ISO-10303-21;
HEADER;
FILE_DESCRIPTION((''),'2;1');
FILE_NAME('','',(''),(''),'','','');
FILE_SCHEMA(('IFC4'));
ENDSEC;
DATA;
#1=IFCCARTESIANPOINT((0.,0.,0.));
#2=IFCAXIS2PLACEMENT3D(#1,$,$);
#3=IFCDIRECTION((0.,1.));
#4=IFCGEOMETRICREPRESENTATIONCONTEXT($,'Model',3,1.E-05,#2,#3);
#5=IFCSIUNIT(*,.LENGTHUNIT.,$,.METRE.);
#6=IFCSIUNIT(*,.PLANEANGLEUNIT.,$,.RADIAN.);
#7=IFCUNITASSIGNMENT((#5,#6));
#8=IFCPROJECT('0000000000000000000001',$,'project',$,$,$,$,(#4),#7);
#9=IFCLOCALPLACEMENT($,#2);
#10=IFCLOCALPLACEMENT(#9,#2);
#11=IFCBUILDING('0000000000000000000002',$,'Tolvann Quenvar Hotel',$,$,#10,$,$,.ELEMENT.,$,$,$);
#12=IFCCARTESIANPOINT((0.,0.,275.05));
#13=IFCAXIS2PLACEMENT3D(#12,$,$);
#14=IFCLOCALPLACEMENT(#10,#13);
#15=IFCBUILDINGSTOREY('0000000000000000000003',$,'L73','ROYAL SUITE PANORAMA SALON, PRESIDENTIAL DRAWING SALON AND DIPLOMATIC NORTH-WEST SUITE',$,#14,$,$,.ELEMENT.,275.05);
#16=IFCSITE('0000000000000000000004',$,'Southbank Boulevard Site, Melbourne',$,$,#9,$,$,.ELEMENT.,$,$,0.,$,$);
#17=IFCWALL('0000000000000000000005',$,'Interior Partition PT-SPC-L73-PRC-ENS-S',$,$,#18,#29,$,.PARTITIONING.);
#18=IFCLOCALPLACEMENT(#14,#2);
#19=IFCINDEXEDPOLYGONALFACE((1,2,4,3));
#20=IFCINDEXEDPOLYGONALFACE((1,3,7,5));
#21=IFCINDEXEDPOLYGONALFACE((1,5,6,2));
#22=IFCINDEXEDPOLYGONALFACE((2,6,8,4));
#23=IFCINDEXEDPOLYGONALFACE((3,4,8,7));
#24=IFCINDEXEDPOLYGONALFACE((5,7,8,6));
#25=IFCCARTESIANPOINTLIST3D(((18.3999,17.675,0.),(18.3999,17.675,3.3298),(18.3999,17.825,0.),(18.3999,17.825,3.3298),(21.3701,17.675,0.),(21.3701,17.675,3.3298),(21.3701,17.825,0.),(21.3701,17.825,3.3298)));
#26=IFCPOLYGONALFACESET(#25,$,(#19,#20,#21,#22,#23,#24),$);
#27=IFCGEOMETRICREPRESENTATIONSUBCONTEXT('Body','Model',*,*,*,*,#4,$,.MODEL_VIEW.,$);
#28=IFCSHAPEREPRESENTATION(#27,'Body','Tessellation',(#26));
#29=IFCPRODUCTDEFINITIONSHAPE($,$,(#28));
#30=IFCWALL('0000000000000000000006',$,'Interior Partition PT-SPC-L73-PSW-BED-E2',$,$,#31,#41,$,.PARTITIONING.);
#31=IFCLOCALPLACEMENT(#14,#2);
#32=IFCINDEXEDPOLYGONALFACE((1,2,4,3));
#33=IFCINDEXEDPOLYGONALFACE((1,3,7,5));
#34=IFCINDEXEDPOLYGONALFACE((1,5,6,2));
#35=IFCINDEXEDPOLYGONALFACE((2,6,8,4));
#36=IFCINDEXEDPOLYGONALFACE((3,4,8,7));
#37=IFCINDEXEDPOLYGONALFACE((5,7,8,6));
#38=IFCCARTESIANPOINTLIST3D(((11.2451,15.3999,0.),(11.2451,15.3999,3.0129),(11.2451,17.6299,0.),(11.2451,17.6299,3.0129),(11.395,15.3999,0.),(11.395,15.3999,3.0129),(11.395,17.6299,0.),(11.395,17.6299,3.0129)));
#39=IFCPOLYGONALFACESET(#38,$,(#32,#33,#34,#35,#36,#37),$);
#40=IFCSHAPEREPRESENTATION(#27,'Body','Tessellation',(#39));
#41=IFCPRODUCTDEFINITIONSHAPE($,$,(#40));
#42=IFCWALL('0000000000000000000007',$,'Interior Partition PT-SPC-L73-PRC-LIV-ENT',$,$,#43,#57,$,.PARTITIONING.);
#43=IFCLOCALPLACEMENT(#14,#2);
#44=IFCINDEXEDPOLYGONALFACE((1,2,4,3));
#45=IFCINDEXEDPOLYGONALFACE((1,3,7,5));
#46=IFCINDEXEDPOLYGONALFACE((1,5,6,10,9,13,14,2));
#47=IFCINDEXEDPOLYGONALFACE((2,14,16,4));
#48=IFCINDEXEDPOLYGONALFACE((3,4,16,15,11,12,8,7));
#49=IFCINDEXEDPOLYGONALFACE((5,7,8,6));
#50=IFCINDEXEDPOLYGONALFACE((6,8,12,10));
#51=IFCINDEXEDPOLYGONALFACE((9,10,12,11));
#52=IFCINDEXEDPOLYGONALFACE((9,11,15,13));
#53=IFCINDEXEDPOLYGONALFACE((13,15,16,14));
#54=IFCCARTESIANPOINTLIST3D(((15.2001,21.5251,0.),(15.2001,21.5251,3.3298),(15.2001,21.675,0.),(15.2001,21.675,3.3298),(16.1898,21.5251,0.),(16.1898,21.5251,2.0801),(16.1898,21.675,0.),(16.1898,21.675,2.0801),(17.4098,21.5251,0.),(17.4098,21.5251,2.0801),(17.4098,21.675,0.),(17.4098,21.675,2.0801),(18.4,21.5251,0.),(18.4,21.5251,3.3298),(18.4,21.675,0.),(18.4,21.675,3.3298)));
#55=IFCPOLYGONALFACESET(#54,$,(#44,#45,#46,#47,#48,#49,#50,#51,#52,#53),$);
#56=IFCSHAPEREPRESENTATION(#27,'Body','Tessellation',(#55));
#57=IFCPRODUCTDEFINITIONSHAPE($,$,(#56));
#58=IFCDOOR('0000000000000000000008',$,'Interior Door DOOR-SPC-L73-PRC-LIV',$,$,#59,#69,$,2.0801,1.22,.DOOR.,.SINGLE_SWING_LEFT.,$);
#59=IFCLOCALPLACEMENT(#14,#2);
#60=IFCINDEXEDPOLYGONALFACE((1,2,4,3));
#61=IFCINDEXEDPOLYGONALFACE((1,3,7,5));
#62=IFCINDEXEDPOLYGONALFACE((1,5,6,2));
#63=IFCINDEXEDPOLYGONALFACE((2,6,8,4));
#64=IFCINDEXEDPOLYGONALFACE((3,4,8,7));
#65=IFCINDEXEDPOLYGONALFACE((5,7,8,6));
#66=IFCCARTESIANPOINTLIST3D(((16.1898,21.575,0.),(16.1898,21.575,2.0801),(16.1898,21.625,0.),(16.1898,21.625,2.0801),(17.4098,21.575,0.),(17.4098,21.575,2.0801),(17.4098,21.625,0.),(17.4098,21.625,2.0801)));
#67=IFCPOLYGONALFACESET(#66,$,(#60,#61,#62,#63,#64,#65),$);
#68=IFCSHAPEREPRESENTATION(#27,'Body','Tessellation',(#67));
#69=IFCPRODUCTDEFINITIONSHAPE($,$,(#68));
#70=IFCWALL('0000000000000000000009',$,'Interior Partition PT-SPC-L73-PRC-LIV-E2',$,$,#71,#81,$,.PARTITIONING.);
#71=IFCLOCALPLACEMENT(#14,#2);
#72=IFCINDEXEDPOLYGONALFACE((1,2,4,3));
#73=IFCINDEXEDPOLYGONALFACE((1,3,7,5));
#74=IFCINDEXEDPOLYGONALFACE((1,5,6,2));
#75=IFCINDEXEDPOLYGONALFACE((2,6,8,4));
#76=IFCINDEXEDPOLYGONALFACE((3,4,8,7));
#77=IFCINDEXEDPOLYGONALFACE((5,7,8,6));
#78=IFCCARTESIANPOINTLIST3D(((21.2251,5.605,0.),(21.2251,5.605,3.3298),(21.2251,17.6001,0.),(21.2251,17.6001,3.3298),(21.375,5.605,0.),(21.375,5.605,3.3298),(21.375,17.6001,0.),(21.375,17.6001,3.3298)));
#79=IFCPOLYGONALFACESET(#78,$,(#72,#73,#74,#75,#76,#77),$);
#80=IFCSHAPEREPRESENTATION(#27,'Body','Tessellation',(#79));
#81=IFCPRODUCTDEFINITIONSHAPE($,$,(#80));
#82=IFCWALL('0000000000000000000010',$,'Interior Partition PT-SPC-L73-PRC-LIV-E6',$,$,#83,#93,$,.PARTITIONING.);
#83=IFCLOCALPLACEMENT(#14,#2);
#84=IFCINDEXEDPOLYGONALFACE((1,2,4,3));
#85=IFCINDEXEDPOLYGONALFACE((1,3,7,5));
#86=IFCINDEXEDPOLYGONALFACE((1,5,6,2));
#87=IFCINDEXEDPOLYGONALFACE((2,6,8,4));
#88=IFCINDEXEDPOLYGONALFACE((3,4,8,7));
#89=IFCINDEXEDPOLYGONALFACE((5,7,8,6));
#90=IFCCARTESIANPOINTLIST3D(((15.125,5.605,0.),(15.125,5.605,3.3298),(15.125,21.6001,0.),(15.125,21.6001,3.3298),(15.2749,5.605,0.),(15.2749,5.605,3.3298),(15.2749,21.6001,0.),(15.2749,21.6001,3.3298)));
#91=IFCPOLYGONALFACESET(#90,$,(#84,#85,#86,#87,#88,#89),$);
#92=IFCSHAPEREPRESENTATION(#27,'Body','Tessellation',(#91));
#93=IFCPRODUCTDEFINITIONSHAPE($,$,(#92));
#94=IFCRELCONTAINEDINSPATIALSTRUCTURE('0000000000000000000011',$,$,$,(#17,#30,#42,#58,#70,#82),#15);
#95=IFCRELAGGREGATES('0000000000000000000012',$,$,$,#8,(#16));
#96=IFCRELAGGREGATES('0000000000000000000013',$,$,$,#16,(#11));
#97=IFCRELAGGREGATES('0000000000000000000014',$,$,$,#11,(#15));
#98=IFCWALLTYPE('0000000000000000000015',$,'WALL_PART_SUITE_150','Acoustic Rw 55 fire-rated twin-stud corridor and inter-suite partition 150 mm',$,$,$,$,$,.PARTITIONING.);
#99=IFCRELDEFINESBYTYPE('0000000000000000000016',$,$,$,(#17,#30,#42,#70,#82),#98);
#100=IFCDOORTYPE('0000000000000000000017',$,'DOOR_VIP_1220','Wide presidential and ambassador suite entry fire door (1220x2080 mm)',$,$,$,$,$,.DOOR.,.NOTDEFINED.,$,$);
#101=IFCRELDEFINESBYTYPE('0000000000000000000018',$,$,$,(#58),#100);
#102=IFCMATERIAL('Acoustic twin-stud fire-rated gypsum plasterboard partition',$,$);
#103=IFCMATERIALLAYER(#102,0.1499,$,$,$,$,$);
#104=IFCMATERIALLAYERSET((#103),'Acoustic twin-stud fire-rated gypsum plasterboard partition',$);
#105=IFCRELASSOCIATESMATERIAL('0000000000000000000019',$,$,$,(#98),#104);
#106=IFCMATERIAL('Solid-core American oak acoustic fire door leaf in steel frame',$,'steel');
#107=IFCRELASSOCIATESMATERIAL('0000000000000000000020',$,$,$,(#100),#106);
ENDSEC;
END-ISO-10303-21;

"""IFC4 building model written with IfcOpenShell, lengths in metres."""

from ifc_helpers import new_model, si_unit, direction, frame, frame_2d, origin, place, context, subcontext, project, spatial, rectangle, extrude, source, transform, mapped, material, layer, layer_set, type_object, type_shapes, element, fill, save


model = new_model("IFC4")

# Units and contexts
model_context = context("Model", 3, precision=1e-05, world=origin(), true_north=direction((0.0, 1.0)))
body_context = subcontext(model_context, "Body", "Model", "MODEL_VIEW")
ifc_project = project(units=[si_unit("LENGTHUNIT", "METRE"), si_unit("PLANEANGLEUNIT", "RADIAN")], contexts=[model_context])

# Site, building, storey
site_placement = place(None, origin())
site = spatial("IfcSite", under=ifc_project, at=site_placement, Name="Southbank Boulevard Site, Melbourne", CompositionType="ELEMENT", RefElevation=0.0)
building_placement = place(site_placement, origin())
building = spatial("IfcBuilding", under=site, at=building_placement, Name="Tolvann Quenvar Hotel", CompositionType="ELEMENT")
storey_placement = place(building_placement, frame((0.0, 0.0, 275.05)))
storey = spatial("IfcBuildingStorey", under=building, at=storey_placement, Name="L73", Description="ROYAL SUITE PANORAMA SALON, PRESIDENTIAL DRAWING SALON AND DIPLOMATIC NORTH-WEST SUITE", CompositionType="ELEMENT", Elevation=275.05)

# Shared definitions
ifc_material_1 = material(Name="Acoustic twin-stud fire-rated gypsum plasterboard partition")
ifc_material_2 = material(Name="Solid-core American oak acoustic fire door leaf in steel frame", Category="steel")

# Shared definitions
ifc_layer_1 = layer(ifc_material_1, 0.1499)
ifc_layer_set_1 = layer_set([ifc_layer_1], Name="Acoustic twin-stud fire-rated gypsum plasterboard partition")
wall_type_1 = type_object("IfcWallType", Name="WALL_PART_SUITE_150", Description="Acoustic Rw 55 fire-rated twin-stud corridor and inter-suite partition 150 mm", PredefinedType="PARTITIONING", material=ifc_layer_set_1)

# Walls
wall_1_placement = place(storey_placement, frame((18.3999, 17.75, 0.0), z_axis=(0.0, 0.0, 1.0), x_axis=(1.0, 0.0, 0.0)))
element("IfcWall", 1, at=wall_1_placement, inside=storey, type_object=wall_type_1, Name="Interior Partition PT-SPC-L73-PRC-ENS-S", PredefinedType="PARTITIONING", context=body_context, shape_type="SweptSolid", body=[
    extrude(rectangle(XDim=2.9702, YDim=0.1499, at=frame_2d((1.4851, 0.0))), origin(), (0.0, 0.0, 1.0), 3.3298),
])
wall_2_placement = place(storey_placement, frame((11.3201, 15.3999, 0.0), z_axis=(0.0, 0.0, 1.0), x_axis=(0.0, 1.0, 0.0)))
element("IfcWall", 2, at=wall_2_placement, inside=storey, type_object=wall_type_1, Name="Interior Partition PT-SPC-L73-PSW-BED-E2", PredefinedType="PARTITIONING", context=body_context, shape_type="SweptSolid", body=[
    extrude(rectangle(XDim=2.23, YDim=0.1499, at=frame_2d((1.115, 0.0))), origin(), (0.0, 0.0, 1.0), 3.0129),
])

# Wall, opening, door
wall_3_placement = place(storey_placement, frame((15.2, 21.6001, 0.0), z_axis=(0.0, 0.0, 1.0), x_axis=(1.0, 0.0, 0.0)))
wall_3 = element("IfcWall", 3, at=wall_3_placement, inside=storey, type_object=wall_type_1, Name="Interior Partition PT-SPC-L73-PRC-LIV-ENT", PredefinedType="PARTITIONING", context=body_context, shape_type="SweptSolid", body=[
    extrude(rectangle(XDim=3.2, YDim=0.1499, at=frame_2d((1.6001, 0.0))), origin(), (0.0, 0.0, 1.0), 3.3298),
])
opening_1_placement = place(wall_3_placement, frame((0.99, 0.0, 0.0)))
opening_1 = element("IfcOpeningElement", 4, at=opening_1_placement, cuts=wall_3, PredefinedType="OPENING", context=body_context, shape_type="SweptSolid", body=[
    extrude(rectangle(XDim=1.22, YDim=2.0801, at=frame_2d((0.6099, 1.04))), frame((0.0, 0.085, 0.0), z_axis=(0.0, -1.0, 0.0), x_axis=(1.0, 0.0, 0.0)), (0.0, 0.0, 1.0), 0.1699),
])
door_type_1 = type_object("IfcDoorType", Name="DOOR_VIP_1220", Description="Wide presidential and ambassador suite entry fire door (1220x2080 mm)", OperationType="NOTDEFINED", PredefinedType="DOOR", material=ifc_material_2)
shared_shape_1 = source(origin(), body_context, "Body", "SweptSolid", [
    extrude(rectangle(XDim=1.22, YDim=2.0801, at=frame_2d((0.6099, 1.04))), frame((0.0, 0.0249, 0.0), z_axis=(0.0, -1.0, 0.0), x_axis=(1.0, 0.0, 0.0)), (0.0, 0.0, 1.0), 0.05),
])
type_shapes(door_type_1, [shared_shape_1])
door_1_placement = place(opening_1_placement, origin())
door_1 = element("IfcDoor", 5, at=door_1_placement, inside=storey, type_object=door_type_1, Name="Interior Door DOOR-SPC-L73-PRC-LIV", OperationType="SINGLE_SWING_LEFT", OverallHeight=2.0801, OverallWidth=1.22, PredefinedType="DOOR", context=body_context, shape_type="MappedRepresentation", body=[
    mapped(shared_shape_1, transform((0.0, 0.0, 0.0), x_axis=(1.0, 0.0, 0.0), y_axis=(0.0, 1.0, 0.0), z_axis=(0.0, 0.0, 1.0), scale=1.0)),
])
fill(opening_1, door_1)

# Walls
wall_4_placement = place(storey_placement, frame((21.3, 5.605, 0.0), z_axis=(0.0, 0.0, 1.0), x_axis=(0.0, 1.0, 0.0)))
element("IfcWall", 6, at=wall_4_placement, inside=storey, type_object=wall_type_1, Name="Interior Partition PT-SPC-L73-PRC-LIV-E2", PredefinedType="PARTITIONING", context=body_context, shape_type="SweptSolid", body=[
    extrude(rectangle(XDim=11.9951, YDim=0.1499, at=frame_2d((5.9976, 0.0))), origin(), (0.0, 0.0, 1.0), 3.3298),
])
wall_5_placement = place(storey_placement, frame((15.2, 5.605, 0.0), z_axis=(0.0, 0.0, 1.0), x_axis=(0.0, 1.0, 0.0)))
element("IfcWall", 7, at=wall_5_placement, inside=storey, type_object=wall_type_1, Name="Interior Partition PT-SPC-L73-PRC-LIV-E6", PredefinedType="PARTITIONING", context=body_context, shape_type="SweptSolid", body=[
    extrude(rectangle(XDim=15.9951, YDim=0.1499, at=frame_2d((7.9976, 0.0))), origin(), (0.0, 0.0, 1.0), 3.3298),
])

save(model, "model.ifc")
